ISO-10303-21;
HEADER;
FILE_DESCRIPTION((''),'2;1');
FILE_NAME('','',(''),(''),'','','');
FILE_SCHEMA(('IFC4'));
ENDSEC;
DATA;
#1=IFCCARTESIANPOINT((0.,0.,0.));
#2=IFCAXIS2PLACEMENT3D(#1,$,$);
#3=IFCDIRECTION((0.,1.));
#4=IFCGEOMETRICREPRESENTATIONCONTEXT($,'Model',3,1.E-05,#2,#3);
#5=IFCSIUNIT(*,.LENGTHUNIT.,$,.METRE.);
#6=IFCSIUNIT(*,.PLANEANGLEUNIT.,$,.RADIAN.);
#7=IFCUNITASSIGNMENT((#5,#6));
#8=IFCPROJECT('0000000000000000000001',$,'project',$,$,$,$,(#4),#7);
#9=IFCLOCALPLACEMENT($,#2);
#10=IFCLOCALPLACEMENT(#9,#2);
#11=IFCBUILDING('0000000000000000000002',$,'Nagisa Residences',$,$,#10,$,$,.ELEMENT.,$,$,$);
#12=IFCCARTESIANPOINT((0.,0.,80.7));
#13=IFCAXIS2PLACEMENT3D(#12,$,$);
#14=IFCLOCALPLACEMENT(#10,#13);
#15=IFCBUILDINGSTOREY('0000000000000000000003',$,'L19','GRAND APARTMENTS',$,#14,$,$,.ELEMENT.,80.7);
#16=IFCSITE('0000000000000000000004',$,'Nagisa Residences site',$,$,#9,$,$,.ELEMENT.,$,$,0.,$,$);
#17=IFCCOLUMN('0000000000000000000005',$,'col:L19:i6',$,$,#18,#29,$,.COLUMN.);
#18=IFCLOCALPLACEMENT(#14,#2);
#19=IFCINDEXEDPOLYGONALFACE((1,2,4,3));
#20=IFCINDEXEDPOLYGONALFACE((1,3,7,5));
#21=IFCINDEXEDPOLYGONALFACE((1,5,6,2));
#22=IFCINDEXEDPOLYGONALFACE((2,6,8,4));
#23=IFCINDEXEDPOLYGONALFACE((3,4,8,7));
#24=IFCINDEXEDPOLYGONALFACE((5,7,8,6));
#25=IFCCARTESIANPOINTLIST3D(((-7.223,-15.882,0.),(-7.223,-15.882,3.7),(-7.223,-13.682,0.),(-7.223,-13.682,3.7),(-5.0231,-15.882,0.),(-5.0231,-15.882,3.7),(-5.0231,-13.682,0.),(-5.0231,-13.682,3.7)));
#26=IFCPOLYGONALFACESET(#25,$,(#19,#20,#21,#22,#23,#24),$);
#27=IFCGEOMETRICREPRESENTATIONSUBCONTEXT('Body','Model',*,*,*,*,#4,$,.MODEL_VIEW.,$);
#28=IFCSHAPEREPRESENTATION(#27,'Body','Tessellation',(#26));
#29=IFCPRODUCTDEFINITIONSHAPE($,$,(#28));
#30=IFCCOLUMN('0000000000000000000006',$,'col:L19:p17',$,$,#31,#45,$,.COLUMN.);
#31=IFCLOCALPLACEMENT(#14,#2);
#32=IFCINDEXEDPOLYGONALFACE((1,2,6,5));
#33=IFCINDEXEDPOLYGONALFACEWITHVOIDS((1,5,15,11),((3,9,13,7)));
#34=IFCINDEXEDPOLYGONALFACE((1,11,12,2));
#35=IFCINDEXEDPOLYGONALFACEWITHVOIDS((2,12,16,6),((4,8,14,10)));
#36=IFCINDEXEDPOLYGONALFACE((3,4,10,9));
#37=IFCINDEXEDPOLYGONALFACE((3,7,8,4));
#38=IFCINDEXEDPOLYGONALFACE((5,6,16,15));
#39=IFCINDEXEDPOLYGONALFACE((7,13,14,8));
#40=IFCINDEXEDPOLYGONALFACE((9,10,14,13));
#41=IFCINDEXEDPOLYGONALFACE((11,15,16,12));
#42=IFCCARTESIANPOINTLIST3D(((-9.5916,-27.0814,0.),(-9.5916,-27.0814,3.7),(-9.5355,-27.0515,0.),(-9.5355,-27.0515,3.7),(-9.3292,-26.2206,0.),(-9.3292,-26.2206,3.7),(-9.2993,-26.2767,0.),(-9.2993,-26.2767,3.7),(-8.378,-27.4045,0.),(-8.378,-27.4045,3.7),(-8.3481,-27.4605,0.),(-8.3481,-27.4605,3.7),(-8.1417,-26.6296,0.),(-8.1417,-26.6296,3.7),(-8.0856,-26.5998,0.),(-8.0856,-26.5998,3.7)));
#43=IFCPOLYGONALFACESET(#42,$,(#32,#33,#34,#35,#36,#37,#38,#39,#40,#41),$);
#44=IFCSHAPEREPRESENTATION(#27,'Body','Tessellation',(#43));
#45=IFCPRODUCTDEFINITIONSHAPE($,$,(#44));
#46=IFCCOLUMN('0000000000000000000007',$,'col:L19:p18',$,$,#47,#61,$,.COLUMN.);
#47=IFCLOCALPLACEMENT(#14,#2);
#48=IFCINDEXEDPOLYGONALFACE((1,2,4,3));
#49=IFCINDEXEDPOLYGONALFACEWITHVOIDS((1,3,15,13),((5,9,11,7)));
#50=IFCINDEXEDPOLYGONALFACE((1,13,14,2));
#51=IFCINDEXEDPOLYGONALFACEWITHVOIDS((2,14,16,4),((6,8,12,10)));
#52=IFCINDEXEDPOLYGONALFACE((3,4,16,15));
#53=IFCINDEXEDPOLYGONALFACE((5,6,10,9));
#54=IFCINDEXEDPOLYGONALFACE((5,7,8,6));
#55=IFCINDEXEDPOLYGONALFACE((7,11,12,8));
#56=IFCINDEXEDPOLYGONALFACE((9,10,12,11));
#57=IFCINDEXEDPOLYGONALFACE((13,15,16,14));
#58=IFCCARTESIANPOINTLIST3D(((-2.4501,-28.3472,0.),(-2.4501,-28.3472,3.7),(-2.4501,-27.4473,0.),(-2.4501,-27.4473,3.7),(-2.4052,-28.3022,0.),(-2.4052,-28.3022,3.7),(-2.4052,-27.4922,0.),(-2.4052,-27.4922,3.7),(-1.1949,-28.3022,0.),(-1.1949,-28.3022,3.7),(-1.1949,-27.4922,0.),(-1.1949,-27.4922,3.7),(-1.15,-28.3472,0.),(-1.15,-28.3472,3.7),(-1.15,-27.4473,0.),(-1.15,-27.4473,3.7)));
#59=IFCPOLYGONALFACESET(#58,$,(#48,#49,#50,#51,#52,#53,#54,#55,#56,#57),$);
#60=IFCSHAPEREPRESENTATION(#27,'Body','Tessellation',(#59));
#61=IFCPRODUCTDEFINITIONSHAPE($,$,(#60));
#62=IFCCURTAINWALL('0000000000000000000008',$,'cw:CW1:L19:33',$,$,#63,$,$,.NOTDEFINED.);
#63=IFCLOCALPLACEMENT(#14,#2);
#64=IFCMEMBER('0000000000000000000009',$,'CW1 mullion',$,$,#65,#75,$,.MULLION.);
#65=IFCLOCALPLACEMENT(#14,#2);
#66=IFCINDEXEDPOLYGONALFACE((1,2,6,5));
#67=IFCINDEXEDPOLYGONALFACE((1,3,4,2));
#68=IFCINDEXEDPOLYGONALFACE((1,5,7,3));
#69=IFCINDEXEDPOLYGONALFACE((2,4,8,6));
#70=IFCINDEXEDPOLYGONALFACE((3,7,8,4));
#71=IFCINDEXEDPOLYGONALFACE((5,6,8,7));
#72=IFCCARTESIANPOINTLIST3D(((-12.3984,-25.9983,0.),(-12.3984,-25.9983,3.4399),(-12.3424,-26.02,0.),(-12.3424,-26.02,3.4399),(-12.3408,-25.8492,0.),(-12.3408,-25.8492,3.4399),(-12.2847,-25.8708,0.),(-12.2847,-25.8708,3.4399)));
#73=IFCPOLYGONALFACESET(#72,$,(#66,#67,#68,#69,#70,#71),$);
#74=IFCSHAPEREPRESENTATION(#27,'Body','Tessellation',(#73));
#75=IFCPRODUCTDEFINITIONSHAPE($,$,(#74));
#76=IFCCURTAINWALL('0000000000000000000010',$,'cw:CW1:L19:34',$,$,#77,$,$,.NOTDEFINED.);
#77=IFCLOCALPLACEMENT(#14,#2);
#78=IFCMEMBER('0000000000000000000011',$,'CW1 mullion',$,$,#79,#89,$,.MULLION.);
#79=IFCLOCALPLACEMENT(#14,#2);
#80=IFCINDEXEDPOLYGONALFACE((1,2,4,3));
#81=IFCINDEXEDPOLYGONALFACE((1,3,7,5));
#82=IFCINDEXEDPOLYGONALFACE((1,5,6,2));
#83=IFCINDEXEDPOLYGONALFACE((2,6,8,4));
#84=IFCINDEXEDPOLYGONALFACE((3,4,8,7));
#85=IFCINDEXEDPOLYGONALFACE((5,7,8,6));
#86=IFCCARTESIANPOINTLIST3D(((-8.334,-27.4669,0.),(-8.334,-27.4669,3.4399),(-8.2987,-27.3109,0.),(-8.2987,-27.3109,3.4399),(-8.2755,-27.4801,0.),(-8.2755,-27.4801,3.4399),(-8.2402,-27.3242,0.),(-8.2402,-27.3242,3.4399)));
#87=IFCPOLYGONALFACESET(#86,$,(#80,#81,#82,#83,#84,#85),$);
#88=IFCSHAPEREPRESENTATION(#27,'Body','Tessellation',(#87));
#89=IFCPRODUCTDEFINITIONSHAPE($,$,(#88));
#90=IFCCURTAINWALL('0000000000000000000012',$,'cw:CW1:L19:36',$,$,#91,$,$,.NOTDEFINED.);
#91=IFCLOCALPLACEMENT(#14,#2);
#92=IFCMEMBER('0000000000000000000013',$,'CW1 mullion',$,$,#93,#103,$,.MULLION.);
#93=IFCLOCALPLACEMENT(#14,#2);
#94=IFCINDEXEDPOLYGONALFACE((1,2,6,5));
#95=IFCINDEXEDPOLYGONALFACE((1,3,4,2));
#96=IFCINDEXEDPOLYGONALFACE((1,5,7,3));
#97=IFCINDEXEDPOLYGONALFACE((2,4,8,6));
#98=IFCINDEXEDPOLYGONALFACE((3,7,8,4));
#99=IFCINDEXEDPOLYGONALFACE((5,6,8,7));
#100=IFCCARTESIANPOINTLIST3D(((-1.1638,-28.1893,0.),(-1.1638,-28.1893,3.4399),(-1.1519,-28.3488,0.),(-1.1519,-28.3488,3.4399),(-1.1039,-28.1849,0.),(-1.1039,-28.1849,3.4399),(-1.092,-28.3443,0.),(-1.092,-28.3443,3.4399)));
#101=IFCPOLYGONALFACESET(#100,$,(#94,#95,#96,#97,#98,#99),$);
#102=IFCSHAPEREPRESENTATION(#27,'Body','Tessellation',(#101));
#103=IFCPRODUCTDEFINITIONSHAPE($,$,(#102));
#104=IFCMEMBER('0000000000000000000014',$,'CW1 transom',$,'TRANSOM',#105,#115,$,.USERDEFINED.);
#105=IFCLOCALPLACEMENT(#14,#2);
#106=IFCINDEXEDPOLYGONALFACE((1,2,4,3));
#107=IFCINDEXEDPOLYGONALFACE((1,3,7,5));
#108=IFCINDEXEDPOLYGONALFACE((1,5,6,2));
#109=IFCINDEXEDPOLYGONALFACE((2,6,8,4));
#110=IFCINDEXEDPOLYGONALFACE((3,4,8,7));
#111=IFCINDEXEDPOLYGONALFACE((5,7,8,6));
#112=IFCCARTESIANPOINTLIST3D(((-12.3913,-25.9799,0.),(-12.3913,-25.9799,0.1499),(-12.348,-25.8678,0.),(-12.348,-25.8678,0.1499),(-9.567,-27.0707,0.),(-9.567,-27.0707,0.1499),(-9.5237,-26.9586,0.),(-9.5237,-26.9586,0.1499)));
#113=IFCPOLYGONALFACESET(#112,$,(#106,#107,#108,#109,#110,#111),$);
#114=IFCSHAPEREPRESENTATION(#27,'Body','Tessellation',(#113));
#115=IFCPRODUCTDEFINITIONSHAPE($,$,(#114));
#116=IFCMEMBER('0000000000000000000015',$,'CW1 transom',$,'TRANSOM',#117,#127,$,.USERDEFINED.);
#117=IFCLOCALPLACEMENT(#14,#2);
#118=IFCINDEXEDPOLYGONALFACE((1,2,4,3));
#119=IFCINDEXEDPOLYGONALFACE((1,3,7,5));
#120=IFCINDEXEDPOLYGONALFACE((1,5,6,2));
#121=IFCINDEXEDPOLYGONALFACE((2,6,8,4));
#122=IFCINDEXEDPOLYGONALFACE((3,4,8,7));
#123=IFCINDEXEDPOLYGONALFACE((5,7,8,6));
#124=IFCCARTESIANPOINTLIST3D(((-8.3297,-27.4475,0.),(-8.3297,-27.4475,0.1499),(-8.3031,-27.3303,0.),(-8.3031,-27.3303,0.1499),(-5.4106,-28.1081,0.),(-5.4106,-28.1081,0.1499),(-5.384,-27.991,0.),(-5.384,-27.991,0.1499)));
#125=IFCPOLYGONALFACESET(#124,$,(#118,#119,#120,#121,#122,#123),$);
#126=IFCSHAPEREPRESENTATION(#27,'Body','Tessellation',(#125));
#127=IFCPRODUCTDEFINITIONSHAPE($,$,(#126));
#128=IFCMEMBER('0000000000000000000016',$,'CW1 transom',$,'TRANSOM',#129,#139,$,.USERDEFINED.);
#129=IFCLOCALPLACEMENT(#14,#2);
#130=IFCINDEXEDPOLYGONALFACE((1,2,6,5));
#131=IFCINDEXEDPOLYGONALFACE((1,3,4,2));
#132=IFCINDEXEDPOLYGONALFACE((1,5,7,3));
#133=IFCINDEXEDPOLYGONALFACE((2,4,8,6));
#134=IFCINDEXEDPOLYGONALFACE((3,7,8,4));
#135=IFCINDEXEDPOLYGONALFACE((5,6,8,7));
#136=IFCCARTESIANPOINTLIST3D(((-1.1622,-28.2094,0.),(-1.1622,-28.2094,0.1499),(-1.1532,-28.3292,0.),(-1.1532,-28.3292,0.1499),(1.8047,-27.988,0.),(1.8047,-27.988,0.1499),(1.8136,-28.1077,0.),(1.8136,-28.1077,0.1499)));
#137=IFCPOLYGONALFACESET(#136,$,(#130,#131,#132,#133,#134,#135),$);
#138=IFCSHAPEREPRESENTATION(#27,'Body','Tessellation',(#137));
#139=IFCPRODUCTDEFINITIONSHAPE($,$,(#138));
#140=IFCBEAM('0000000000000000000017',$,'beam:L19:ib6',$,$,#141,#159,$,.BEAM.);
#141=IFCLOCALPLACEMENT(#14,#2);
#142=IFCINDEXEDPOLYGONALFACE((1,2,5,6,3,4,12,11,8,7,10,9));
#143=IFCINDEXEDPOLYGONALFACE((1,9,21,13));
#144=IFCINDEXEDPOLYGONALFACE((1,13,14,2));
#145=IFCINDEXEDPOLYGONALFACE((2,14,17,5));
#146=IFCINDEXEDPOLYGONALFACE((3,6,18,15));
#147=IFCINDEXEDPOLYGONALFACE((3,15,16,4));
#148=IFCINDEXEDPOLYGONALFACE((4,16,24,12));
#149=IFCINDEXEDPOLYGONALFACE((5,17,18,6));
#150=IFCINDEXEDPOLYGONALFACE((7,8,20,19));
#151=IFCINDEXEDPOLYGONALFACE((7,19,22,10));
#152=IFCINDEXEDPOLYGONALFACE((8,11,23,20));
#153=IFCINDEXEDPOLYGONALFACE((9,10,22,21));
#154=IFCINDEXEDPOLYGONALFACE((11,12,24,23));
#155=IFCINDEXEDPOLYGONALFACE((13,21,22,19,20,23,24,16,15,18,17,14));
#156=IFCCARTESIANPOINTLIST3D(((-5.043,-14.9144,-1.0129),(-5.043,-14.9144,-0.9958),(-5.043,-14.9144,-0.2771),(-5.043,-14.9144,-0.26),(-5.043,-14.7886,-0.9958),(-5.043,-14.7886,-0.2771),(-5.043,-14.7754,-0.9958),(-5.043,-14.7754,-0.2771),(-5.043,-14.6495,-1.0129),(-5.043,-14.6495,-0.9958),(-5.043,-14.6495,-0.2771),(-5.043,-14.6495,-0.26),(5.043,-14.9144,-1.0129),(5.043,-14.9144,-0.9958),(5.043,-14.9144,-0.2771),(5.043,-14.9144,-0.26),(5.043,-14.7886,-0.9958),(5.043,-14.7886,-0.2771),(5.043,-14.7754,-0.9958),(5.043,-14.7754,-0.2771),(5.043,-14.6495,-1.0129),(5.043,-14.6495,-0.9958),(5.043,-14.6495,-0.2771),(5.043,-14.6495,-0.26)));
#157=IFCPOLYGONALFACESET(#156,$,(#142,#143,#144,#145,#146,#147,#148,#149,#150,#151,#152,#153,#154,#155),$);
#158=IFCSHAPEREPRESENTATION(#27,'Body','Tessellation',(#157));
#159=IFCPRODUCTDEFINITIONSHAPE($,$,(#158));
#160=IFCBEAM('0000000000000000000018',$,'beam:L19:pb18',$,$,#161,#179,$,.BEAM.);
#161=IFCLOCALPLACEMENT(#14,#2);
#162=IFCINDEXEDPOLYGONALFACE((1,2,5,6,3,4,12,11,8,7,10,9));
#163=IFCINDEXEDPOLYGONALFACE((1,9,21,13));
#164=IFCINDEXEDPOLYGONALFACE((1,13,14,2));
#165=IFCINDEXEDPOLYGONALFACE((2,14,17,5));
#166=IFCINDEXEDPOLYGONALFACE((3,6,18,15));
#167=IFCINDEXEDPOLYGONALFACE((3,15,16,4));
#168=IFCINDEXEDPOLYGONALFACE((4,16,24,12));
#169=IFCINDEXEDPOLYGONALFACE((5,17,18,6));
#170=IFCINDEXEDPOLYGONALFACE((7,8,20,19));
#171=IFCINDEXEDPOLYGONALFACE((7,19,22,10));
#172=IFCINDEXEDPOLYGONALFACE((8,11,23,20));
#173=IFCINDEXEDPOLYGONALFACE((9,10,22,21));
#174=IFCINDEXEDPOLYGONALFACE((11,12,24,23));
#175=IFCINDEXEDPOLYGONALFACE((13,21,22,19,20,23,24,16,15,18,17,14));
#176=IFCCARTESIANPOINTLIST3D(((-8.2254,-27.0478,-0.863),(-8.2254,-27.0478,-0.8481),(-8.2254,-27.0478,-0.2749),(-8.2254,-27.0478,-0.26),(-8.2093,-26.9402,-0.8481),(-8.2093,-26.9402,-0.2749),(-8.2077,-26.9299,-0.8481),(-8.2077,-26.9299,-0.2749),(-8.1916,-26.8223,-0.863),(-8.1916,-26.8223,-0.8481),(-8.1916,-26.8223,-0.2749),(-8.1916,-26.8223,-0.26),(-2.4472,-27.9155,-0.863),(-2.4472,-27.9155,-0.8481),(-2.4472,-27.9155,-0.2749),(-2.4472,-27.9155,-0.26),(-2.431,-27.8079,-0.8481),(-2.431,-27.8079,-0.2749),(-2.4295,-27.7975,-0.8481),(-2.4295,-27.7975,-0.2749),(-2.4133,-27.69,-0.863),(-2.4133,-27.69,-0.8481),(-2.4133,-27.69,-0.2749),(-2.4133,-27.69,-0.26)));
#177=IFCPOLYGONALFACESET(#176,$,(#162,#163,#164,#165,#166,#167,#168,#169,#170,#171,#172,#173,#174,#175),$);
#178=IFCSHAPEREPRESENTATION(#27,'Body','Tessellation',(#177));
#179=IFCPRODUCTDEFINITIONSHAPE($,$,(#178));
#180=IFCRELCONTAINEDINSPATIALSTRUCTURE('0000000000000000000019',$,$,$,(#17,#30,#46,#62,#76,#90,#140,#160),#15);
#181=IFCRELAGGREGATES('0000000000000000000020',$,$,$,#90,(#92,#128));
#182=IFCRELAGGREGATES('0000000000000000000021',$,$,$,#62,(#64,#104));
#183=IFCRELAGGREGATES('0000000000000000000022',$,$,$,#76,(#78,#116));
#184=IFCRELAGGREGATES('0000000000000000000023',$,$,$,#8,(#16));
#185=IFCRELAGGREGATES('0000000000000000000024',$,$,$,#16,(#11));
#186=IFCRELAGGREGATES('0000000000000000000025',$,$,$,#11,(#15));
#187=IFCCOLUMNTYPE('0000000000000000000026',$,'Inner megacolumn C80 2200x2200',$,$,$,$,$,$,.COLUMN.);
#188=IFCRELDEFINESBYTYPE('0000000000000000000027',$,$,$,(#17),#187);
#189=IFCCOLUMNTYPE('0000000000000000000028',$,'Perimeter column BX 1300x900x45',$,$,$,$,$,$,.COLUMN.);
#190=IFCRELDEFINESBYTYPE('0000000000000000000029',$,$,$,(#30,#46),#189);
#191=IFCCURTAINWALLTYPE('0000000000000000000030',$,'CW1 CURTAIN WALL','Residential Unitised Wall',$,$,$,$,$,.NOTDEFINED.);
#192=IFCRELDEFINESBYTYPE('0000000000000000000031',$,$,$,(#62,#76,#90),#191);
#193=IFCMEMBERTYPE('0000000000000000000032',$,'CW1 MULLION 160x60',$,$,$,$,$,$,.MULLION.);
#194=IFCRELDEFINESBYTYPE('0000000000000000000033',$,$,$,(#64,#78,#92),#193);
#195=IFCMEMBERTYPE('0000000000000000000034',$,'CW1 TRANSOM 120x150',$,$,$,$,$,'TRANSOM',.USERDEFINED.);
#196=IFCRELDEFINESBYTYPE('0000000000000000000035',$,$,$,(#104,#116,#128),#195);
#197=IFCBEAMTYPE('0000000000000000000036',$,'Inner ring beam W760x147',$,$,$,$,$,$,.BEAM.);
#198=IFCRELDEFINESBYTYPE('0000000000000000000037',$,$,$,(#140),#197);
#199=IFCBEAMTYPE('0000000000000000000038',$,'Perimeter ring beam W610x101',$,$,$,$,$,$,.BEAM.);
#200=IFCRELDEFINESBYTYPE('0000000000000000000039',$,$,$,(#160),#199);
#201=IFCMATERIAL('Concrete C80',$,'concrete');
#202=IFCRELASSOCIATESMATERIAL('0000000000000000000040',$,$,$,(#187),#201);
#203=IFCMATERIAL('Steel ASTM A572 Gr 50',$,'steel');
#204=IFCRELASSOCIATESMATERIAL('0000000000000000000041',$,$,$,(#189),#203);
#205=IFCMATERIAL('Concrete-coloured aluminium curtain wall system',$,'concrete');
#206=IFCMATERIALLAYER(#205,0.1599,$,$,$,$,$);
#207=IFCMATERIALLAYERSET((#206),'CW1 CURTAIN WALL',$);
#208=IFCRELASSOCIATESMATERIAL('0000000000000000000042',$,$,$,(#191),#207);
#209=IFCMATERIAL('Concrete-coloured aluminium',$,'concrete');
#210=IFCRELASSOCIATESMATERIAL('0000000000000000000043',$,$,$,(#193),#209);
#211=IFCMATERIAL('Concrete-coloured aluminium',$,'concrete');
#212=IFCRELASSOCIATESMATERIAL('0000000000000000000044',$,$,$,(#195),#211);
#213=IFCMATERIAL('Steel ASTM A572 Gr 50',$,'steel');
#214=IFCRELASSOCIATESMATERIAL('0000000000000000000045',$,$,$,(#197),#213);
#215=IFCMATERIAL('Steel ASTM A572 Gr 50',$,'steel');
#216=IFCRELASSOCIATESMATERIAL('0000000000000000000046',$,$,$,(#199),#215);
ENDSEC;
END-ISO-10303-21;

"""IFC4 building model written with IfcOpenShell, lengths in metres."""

from ifc_helpers import new_model, si_unit, direction, frame, origin, origin_2d, place, context, subcontext, project, spatial, rectangle, hollow_rectangle, i_section, extrude, material, layer, layer_set, material_profile, profile_set, type_object, element, aggregate, save


model = new_model("IFC4")

# Units and contexts
model_context = context("Model", 3, precision=1e-05, world=origin(), true_north=direction((0.0, 1.0)))
body_context = subcontext(model_context, "Body", "Model", "MODEL_VIEW")
ifc_project = project(units=[si_unit("LENGTHUNIT", "METRE"), si_unit("PLANEANGLEUNIT", "RADIAN")], contexts=[model_context])

# Site, building, storey
site_placement = place(None, origin())
site = spatial("IfcSite", under=ifc_project, at=site_placement, Name="Nagisa Residences site", CompositionType="ELEMENT", RefElevation=0.0)
building_placement = place(site_placement, origin())
building = spatial("IfcBuilding", under=site, at=building_placement, Name="Nagisa Residences", CompositionType="ELEMENT")
storey_placement = place(building_placement, frame((0.0, 0.0, 80.7)))
storey = spatial("IfcBuildingStorey", under=building, at=storey_placement, Name="L19", Description="GRAND APARTMENTS", CompositionType="ELEMENT", Elevation=80.7)

# Columns
ifc_material_1 = material(Name="Concrete C80", Category="concrete")
ifc_material_profile_1 = material_profile(ifc_material_1, rectangle(XDim=2.2, YDim=2.2, at=origin_2d()), Name="C80 2200x2200")
ifc_profile_set_1 = profile_set([ifc_material_profile_1], Name="Concrete C80")
column_type_1 = type_object("IfcColumnType", Name="Inner megacolumn C80 2200x2200", PredefinedType="COLUMN", material=ifc_profile_set_1)
column_placement = place(storey_placement, frame((-6.123, -14.782, 0.0), z_axis=(0.0, 0.0, 1.0), x_axis=(1.0, 0.0, 0.0)))
element("IfcColumn", 1, at=column_placement, inside=storey, type_object=column_type_1, Name="col:L19:i6", PredefinedType="COLUMN", context=body_context, shape_type="SweptSolid", body=[
    extrude(rectangle(XDim=2.2, YDim=2.2, at=origin_2d()), origin(), (0.0, 0.0, 1.0), 3.7),
])
ifc_material_2 = material(Name="Steel ASTM A572 Gr 50", Category="steel")
ifc_material_profile_2 = material_profile(ifc_material_2, hollow_rectangle(XDim=1.3, YDim=0.8999, WallThickness=0.0449, at=origin_2d()), Name="BX 1300x900x45")
ifc_profile_set_2 = profile_set([ifc_material_profile_2], Name="Steel ASTM A572 Gr 50")
column_type_2 = type_object("IfcColumnType", Name="Perimeter column BX 1300x900x45", PredefinedType="COLUMN", material=ifc_profile_set_2)
for number, where, z_axis, x_axis, name in (
    (2, (-8.8386, -26.8406, 0.0), (0.0, 0.0, 1.0), (0.956525, -0.291652, 0.0), "col:L19:p17"),
    (3, (-1.8, -27.8972, 0.0), (0.0, 0.0, 1.0), (1.0, 0.0, 0.0), "col:L19:p18"),
):
    element("IfcColumn", number, at=place(storey_placement, frame(where, z_axis=z_axis, x_axis=x_axis)), inside=storey, type_object=column_type_2, Name=name, PredefinedType="COLUMN", context=body_context, shape_type="SweptSolid", body=[
        extrude(hollow_rectangle(XDim=1.3, YDim=0.8999, WallThickness=0.0449, at=origin_2d()), origin(), (0.0, 0.0, 1.0), 3.7),
    ])

# Curtain walls, members
ifc_material_3 = material(Name="Concrete-coloured aluminium curtain wall system", Category="concrete")
ifc_layer_1 = layer(ifc_material_3, 0.1599)
ifc_layer_set_1 = layer_set([ifc_layer_1], Name="CW1 CURTAIN WALL")
curtain_wall_type = type_object("IfcCurtainWallType", Name="CW1 CURTAIN WALL", Description="Residential Unitised Wall", PredefinedType="NOTDEFINED", material=ifc_layer_set_1)
curtain_wall_1_placement = place(storey_placement, origin())
curtain_wall_1 = element("IfcCurtainWall", 4, at=curtain_wall_1_placement, inside=storey, type_object=curtain_wall_type, Name="cw:CW1:L19:33", PredefinedType="NOTDEFINED")
ifc_material_4 = material(Name="Concrete-coloured aluminium", Category="concrete")
ifc_material_profile_3 = material_profile(ifc_material_4, rectangle(XDim=0.1599, YDim=0.0601, at=origin_2d()), Name="CW1 MULLION 160x60")
ifc_profile_set_3 = profile_set([ifc_material_profile_3], Name="Concrete-coloured aluminium")
member_type_1 = type_object("IfcMemberType", Name="CW1 MULLION 160x60", PredefinedType="MULLION", material=ifc_profile_set_3)
member_1_placement = place(storey_placement, frame((-12.3416, -25.9346, 0.0), z_axis=(0.0, 0.0, 1.0), x_axis=(0.360328, 0.932826, 0.0)))
member_1 = element("IfcMember", 5, at=member_1_placement, type_object=member_type_1, Name="CW1 mullion", PredefinedType="MULLION", context=body_context, shape_type="SweptSolid", body=[
    extrude(rectangle(XDim=0.1599, YDim=0.0601, at=origin_2d()), origin(), (0.0, 0.0, 1.0), 3.4399),
])
curtain_wall_2_placement = place(storey_placement, origin())
curtain_wall_2 = element("IfcCurtainWall", 6, at=curtain_wall_2_placement, inside=storey, type_object=curtain_wall_type, Name="cw:CW1:L19:34", PredefinedType="NOTDEFINED")
member_2_placement = place(storey_placement, frame((-8.2871, -27.3955, 0.0), z_axis=(0.0, 0.0, 1.0), x_axis=(0.220764, 0.975327, 0.0)))
member_2 = element("IfcMember", 7, at=member_2_placement, type_object=member_type_1, Name="CW1 mullion", PredefinedType="MULLION", context=body_context, shape_type="SweptSolid", body=[
    extrude(rectangle(XDim=0.1599, YDim=0.0601, at=origin_2d()), origin(), (0.0, 0.0, 1.0), 3.4399),
])
curtain_wall_3_placement = place(storey_placement, origin())
curtain_wall_3 = element("IfcCurtainWall", 8, at=curtain_wall_3_placement, inside=storey, type_object=curtain_wall_type, Name="cw:CW1:L19:36", PredefinedType="NOTDEFINED")
member_3_placement = place(storey_placement, frame((-1.1279, -28.2668, 0.0), z_axis=(0.0, 0.0, 1.0), x_axis=(-0.074377, 0.99723, 0.0)))
member_3 = element("IfcMember", 9, at=member_3_placement, type_object=member_type_1, Name="CW1 mullion", PredefinedType="MULLION", context=body_context, shape_type="SweptSolid", body=[
    extrude(rectangle(XDim=0.1599, YDim=0.0601, at=origin_2d()), origin(), (0.0, 0.0, 1.0), 3.4399),
])

# Members
ifc_material_5 = material(Name="Concrete-coloured aluminium", Category="concrete")
ifc_material_profile_4 = material_profile(ifc_material_5, rectangle(XDim=0.1201, YDim=0.1499, at=origin_2d()), Name="CW1 TRANSOM 120x150")
ifc_profile_set_4 = profile_set([ifc_material_profile_4], Name="Concrete-coloured aluminium")
member_type_2 = type_object("IfcMemberType", Name="CW1 TRANSOM 120x150", ElementType="TRANSOM", PredefinedType="USERDEFINED", material=ifc_profile_set_4)
member_4_placement = place(storey_placement, frame((-12.3696, -25.9238, 0.075), z_axis=(0.932838, -0.360297, 0.0), x_axis=(0.360297, 0.932838, 0.0)))
member_4 = element("IfcMember", 10, at=member_4_placement, type_object=member_type_2, Name="CW1 transom", ObjectType="TRANSOM", PredefinedType="USERDEFINED", context=body_context, shape_type="SweptSolid", body=[
    extrude(rectangle(XDim=0.1201, YDim=0.1499, at=origin_2d()), origin(), (0.0, 0.0, 1.0), 3.0276),
])
member_5_placement = place(storey_placement, frame((-8.3164, -27.3889, 0.075), z_axis=(0.975335, -0.220729, 0.0), x_axis=(0.220729, 0.975335, 0.0)))
member_5 = element("IfcMember", 11, at=member_5_placement, type_object=member_type_2, Name="CW1 transom", ObjectType="TRANSOM", PredefinedType="USERDEFINED", context=body_context, shape_type="SweptSolid", body=[
    extrude(rectangle(XDim=0.1201, YDim=0.1499, at=origin_2d()), origin(), (0.0, 0.0, 1.0), 2.9929),
])
member_6_placement = place(storey_placement, frame((-1.1577, -28.2693, 0.075), z_axis=(0.997226, 0.074431, 0.0), x_axis=(-0.074431, 0.997226, 0.0)))
member_6 = element("IfcMember", 12, at=member_6_placement, type_object=member_type_2, Name="CW1 transom", ObjectType="TRANSOM", PredefinedType="USERDEFINED", context=body_context, shape_type="SweptSolid", body=[
    extrude(rectangle(XDim=0.1201, YDim=0.1499, at=origin_2d()), origin(), (0.0, 0.0, 1.0), 2.9751),
])
aggregate(curtain_wall_3, [member_3, member_6])

# Beams
ifc_material_6 = material(Name="Steel ASTM A572 Gr 50", Category="steel")
ifc_material_profile_5 = material_profile(ifc_material_6, i_section(OverallWidth=0.2649, OverallDepth=0.7529, WebThickness=0.0132, FlangeThickness=0.0171, at=origin_2d()), Name="W760x147")
ifc_profile_set_5 = profile_set([ifc_material_profile_5], Name="Steel ASTM A572 Gr 50")
beam_type_1 = type_object("IfcBeamType", Name="Inner ring beam W760x147", PredefinedType="BEAM", material=ifc_profile_set_5)
beam_1_placement = place(storey_placement, frame((-5.043, -14.782, -0.6365), z_axis=(1.0, 0.0, 0.0), x_axis=(0.0, 1.0, 0.0)))
element("IfcBeam", 13, at=beam_1_placement, inside=storey, type_object=beam_type_1, Name="beam:L19:ib6", PredefinedType="BEAM", context=body_context, shape_type="SweptSolid", body=[
    extrude(i_section(OverallWidth=0.2649, OverallDepth=0.7529, WebThickness=0.0132, FlangeThickness=0.0171, at=origin_2d()), origin(), (0.0, 0.0, 1.0), 10.0859),
])
ifc_material_7 = material(Name="Steel ASTM A572 Gr 50", Category="steel")
ifc_material_profile_6 = material_profile(ifc_material_7, i_section(OverallWidth=0.228, OverallDepth=0.603, WebThickness=0.0105, FlangeThickness=0.0149, at=origin_2d()), Name="W610x101")
ifc_profile_set_6 = profile_set([ifc_material_profile_6], Name="Steel ASTM A572 Gr 50")
beam_type_2 = type_object("IfcBeamType", Name="Perimeter ring beam W610x101", PredefinedType="BEAM", material=ifc_profile_set_6)
for number, where, z_axis, x_axis, name in (
    (14, (-8.2085, -26.9351, -0.5615), (0.988913, -0.148496, 0.0), (0.148496, 0.988913, 0.0), "beam:L19:pb18"),
):
    element("IfcBeam", number, at=place(storey_placement, frame(where, z_axis=z_axis, x_axis=x_axis)), inside=storey, type_object=beam_type_2, Name=name, PredefinedType="BEAM", context=body_context, shape_type="SweptSolid", body=[
        extrude(i_section(OverallWidth=0.228, OverallDepth=0.603, WebThickness=0.0105, FlangeThickness=0.0149, at=origin_2d()), origin(), (0.0, 0.0, 1.0), 5.843),
    ])

aggregate(curtain_wall_1, [member_1, member_4])
aggregate(curtain_wall_2, [member_2, member_5])

save(model, "model.ifc")
